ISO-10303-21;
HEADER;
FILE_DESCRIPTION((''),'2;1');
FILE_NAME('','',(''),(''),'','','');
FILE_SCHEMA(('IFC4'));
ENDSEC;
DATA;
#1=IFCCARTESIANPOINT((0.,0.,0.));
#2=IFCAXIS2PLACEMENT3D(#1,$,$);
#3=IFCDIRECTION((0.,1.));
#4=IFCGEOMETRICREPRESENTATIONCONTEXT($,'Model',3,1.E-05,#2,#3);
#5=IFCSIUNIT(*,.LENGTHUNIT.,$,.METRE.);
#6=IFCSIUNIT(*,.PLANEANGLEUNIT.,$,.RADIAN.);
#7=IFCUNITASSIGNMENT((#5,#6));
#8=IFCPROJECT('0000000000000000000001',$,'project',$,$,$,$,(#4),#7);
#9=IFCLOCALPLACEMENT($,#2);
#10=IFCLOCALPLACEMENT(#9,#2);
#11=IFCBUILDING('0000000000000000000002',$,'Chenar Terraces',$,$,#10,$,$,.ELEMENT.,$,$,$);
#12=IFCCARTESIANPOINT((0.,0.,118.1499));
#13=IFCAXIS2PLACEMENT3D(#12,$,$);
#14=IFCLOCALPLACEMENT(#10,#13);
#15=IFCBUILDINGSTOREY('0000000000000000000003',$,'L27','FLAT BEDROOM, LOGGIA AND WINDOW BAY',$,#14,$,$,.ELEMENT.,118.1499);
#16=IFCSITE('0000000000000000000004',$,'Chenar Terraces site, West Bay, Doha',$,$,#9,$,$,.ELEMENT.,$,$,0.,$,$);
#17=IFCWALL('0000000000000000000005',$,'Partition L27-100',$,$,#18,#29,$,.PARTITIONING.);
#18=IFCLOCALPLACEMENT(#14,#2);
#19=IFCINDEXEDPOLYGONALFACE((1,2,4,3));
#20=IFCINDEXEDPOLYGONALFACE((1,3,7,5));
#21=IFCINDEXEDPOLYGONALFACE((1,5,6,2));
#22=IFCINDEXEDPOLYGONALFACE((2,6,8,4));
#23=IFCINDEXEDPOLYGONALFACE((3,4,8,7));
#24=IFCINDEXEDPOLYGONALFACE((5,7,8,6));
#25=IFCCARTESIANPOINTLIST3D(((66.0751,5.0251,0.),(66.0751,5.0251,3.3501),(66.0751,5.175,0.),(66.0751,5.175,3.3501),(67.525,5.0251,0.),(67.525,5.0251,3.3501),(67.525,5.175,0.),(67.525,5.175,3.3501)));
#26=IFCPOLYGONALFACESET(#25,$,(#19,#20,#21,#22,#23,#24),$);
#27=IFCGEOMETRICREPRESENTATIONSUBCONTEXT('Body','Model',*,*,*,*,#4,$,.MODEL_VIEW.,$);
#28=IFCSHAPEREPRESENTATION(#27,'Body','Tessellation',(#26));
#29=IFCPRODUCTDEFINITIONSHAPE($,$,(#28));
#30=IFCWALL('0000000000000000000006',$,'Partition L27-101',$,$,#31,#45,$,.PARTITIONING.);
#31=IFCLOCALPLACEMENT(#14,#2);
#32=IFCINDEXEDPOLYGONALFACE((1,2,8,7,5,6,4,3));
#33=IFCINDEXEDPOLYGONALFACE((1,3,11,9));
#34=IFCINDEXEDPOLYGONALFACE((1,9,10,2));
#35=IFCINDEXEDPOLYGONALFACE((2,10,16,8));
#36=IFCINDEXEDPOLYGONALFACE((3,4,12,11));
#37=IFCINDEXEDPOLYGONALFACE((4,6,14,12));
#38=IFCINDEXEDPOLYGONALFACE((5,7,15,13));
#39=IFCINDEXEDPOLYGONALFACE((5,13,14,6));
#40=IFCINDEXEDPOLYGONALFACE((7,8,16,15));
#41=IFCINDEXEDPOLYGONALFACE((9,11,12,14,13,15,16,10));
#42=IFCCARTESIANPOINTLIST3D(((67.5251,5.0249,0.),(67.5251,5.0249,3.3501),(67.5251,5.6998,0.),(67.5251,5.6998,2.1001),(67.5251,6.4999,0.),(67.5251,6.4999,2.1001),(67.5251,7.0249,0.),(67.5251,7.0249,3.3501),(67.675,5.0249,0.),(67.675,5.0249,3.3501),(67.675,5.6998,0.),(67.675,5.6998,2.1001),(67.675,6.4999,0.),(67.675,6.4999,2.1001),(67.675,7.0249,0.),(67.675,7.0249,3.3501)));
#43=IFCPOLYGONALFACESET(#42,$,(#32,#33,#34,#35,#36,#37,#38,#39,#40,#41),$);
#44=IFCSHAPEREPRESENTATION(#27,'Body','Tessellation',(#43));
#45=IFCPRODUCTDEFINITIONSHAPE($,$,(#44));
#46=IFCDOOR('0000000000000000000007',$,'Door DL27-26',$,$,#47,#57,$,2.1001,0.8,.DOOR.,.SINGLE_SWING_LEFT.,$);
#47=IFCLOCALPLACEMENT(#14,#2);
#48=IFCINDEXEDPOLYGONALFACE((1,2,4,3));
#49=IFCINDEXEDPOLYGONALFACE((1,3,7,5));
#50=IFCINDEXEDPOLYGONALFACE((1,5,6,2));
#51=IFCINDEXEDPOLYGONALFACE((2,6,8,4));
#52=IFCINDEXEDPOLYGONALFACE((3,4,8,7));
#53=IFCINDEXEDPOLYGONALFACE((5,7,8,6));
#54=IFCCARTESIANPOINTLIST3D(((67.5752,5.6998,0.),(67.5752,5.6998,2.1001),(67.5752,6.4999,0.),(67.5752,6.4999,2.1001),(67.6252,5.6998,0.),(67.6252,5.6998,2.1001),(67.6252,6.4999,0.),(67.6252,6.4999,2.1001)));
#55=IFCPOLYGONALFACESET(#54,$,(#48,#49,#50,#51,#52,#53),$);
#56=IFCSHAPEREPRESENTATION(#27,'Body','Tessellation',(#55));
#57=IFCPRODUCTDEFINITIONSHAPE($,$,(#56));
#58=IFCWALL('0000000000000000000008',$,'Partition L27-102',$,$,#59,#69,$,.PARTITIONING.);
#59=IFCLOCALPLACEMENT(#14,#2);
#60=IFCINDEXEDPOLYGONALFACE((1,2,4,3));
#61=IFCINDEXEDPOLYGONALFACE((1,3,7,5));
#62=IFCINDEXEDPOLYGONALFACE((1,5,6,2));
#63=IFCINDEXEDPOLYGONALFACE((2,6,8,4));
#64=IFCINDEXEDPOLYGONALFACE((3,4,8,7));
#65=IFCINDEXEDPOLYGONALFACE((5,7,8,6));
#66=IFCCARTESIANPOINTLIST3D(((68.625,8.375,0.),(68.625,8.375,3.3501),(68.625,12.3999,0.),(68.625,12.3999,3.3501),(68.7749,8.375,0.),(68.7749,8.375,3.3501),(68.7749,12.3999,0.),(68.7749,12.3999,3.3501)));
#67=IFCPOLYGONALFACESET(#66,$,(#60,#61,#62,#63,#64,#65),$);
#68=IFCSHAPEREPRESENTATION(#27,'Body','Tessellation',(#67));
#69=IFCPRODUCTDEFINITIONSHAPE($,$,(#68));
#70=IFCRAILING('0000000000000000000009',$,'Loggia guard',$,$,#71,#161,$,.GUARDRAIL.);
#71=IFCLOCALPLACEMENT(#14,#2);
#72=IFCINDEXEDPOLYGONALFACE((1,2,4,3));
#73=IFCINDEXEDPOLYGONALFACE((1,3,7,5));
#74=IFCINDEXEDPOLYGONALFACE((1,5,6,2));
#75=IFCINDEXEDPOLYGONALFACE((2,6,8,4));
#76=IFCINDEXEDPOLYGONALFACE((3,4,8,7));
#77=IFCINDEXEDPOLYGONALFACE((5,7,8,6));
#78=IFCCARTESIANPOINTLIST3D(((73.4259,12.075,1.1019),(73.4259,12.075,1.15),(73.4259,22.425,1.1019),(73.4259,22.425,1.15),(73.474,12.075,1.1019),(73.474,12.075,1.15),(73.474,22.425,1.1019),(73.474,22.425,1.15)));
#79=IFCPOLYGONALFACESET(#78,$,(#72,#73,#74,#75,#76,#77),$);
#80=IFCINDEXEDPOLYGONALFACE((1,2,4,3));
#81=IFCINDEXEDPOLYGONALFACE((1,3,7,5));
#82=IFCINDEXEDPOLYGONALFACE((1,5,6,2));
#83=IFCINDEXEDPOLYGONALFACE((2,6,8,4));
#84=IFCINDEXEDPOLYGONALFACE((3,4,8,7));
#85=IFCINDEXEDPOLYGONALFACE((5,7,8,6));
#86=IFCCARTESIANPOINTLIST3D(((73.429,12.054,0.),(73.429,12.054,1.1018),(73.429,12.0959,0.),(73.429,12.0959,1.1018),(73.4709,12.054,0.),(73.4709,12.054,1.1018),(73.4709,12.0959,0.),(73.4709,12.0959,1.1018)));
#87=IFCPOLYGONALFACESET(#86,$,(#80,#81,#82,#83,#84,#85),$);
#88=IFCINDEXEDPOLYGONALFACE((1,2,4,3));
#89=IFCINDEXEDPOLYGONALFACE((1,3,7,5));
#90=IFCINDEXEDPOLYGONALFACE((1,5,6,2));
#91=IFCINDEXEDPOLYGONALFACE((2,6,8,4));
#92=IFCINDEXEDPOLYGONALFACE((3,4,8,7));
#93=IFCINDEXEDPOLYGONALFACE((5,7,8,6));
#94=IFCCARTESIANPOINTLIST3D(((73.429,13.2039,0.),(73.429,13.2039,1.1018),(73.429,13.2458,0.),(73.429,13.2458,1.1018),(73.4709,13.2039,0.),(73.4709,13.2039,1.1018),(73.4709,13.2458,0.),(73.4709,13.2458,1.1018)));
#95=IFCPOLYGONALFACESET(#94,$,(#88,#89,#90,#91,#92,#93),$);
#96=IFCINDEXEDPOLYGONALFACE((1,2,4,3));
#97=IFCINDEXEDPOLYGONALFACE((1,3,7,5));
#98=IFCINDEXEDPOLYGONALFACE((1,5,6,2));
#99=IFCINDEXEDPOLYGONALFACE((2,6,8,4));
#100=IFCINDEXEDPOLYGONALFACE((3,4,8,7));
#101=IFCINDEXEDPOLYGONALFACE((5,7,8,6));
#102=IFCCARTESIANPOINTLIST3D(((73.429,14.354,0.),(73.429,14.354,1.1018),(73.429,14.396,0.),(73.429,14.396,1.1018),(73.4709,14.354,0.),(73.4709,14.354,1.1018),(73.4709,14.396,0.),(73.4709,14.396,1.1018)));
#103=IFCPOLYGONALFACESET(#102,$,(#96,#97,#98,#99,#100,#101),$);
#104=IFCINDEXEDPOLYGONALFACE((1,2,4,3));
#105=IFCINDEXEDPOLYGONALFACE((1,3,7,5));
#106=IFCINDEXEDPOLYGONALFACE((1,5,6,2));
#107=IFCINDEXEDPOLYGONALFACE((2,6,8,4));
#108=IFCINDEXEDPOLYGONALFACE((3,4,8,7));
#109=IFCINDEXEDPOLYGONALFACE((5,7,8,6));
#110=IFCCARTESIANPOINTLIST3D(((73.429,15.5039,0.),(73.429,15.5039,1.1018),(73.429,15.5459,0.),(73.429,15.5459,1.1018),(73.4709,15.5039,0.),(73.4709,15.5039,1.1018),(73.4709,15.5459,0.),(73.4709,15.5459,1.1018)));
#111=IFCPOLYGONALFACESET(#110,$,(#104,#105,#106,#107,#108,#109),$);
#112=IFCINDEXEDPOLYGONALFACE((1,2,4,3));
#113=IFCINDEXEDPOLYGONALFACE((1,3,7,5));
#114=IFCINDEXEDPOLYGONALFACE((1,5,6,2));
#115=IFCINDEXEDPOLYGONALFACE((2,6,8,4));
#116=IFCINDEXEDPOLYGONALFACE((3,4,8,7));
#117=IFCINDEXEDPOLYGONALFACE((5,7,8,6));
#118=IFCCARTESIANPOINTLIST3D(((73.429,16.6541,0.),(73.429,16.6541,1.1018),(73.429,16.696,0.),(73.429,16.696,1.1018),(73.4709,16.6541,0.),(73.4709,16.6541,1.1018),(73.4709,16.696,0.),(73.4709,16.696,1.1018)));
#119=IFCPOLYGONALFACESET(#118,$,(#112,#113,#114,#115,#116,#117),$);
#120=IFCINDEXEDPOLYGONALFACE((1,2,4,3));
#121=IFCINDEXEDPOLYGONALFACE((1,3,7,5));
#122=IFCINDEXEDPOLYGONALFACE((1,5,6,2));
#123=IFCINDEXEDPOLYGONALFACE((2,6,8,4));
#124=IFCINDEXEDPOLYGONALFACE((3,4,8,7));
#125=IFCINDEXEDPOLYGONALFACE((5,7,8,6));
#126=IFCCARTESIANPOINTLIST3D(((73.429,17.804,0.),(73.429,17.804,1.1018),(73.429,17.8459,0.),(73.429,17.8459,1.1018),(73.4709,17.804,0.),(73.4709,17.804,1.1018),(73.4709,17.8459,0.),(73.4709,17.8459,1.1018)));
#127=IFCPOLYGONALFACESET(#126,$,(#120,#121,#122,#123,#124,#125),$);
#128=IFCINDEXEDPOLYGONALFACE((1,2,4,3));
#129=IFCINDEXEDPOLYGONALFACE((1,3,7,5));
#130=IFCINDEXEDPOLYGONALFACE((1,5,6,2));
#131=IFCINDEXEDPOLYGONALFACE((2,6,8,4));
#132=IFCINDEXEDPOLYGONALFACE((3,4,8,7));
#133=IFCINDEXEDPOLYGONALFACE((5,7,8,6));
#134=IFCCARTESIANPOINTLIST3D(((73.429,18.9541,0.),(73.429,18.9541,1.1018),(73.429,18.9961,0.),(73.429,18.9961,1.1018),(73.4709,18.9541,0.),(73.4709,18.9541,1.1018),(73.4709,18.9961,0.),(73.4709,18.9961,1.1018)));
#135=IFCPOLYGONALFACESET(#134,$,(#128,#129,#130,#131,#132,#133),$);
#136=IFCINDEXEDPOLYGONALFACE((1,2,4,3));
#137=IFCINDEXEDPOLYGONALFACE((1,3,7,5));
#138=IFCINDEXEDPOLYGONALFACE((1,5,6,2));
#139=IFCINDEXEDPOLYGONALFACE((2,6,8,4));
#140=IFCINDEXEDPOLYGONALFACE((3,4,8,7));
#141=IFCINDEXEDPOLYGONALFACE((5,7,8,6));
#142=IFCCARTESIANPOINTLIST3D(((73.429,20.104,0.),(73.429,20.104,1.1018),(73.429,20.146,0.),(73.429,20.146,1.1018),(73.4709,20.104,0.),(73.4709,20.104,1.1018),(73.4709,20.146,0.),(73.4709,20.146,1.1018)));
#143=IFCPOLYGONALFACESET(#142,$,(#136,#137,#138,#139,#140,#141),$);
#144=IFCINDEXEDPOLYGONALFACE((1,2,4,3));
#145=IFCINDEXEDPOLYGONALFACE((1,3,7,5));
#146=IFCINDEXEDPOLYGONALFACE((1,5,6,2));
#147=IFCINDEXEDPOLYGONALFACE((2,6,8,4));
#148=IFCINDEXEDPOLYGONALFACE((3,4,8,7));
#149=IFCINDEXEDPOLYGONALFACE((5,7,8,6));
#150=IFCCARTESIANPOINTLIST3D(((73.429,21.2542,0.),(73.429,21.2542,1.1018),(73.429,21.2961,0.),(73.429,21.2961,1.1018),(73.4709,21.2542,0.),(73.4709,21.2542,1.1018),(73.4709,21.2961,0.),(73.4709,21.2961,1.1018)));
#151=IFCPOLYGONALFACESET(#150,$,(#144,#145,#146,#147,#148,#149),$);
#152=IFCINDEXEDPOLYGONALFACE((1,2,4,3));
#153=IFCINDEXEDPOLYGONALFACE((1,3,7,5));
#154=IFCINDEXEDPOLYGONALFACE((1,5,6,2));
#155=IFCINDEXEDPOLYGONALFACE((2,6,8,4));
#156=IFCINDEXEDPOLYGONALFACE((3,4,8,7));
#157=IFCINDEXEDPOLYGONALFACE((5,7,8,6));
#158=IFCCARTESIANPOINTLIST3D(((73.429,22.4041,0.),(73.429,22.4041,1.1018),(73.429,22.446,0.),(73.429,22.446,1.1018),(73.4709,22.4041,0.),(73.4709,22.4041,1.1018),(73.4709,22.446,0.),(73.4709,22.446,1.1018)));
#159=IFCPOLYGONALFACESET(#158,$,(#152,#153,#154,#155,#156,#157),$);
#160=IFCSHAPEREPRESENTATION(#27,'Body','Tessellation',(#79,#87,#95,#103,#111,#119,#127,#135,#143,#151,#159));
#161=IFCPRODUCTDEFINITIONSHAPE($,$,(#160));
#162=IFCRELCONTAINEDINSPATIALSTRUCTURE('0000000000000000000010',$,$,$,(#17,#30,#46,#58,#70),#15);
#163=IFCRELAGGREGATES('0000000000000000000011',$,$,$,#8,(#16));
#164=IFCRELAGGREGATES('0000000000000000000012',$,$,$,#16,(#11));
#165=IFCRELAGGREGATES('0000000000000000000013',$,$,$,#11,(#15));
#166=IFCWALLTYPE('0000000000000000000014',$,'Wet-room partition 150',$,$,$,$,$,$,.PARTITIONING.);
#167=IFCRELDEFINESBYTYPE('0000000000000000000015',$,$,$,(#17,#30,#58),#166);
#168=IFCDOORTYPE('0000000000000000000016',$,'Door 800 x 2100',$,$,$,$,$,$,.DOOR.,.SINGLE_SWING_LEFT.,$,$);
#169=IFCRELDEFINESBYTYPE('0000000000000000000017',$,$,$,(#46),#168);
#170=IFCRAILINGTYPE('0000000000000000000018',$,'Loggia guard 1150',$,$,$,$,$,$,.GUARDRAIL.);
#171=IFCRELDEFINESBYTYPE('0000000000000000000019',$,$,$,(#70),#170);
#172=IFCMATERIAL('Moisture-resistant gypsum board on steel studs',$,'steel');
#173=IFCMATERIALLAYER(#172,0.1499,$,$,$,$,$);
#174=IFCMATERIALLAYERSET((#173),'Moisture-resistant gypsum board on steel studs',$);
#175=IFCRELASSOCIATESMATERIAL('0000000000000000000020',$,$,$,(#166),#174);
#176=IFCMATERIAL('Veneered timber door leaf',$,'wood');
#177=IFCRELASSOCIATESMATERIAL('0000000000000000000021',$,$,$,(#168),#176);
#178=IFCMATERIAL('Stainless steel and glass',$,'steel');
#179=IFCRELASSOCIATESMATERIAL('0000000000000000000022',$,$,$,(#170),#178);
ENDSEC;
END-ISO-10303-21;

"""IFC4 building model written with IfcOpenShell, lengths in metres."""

from ifc_helpers import new_model, si_unit, direction, frame, frame_2d, origin, origin_2d, place, context, subcontext, project, spatial, rectangle, extrude, material, layer, layer_set, type_object, element, fill, save


model = new_model("IFC4")

# Units and contexts
model_context = context("Model", 3, precision=1e-05, world=origin(), true_north=direction((0.0, 1.0)))
body_context = subcontext(model_context, "Body", "Model", "MODEL_VIEW")
ifc_project = project(units=[si_unit("LENGTHUNIT", "METRE"), si_unit("PLANEANGLEUNIT", "RADIAN")], contexts=[model_context])

# Site, building, storey
site_placement = place(None, origin())
site = spatial("IfcSite", under=ifc_project, at=site_placement, Name="Chenar Terraces site, West Bay, Doha", CompositionType="ELEMENT", RefElevation=0.0)
building_placement = place(site_placement, origin())
building = spatial("IfcBuilding", under=site, at=building_placement, Name="Chenar Terraces", CompositionType="ELEMENT")
storey_placement = place(building_placement, frame((0.0, 0.0, 118.1499)))
storey = spatial("IfcBuildingStorey", under=building, at=storey_placement, Name="L27", Description="FLAT BEDROOM, LOGGIA AND WINDOW BAY", CompositionType="ELEMENT", Elevation=118.1499)

# Shared definitions
ifc_material_1 = material(Name="Moisture-resistant gypsum board on steel studs", Category="steel")
ifc_layer_1 = layer(ifc_material_1, 0.1499)
ifc_layer_set_1 = layer_set([ifc_layer_1], Name="Moisture-resistant gypsum board on steel studs")
wall_type_1 = type_object("IfcWallType", Name="Wet-room partition 150", PredefinedType="PARTITIONING", material=ifc_layer_set_1)
ifc_material_2 = material(Name="Veneered timber door leaf", Category="wood")
door_type_1 = type_object("IfcDoorType", Name="Door 800 x 2100", OperationType="SINGLE_SWING_LEFT", PredefinedType="DOOR", material=ifc_material_2)

# Wall
wall_1_placement = place(storey_placement, frame((66.075, 5.1001, 0.0), z_axis=(0.0, 0.0, 1.0), x_axis=(1.0, 0.0, 0.0)))
element("IfcWall", 1, at=wall_1_placement, inside=storey, type_object=wall_type_1, Name="Partition L27-100", PredefinedType="PARTITIONING", context=body_context, shape_type="SweptSolid", body=[
    extrude(rectangle(XDim=1.45, YDim=0.1499, at=frame_2d((0.7251, 0.0))), origin(), (0.0, 0.0, 1.0), 3.3501),
])

# Wall, opening, door
wall_2_placement = place(storey_placement, frame((67.6001, 5.0249, 0.0), z_axis=(0.0, 0.0, 1.0), x_axis=(0.0, 1.0, 0.0)))
wall_2 = element("IfcWall", 2, at=wall_2_placement, inside=storey, type_object=wall_type_1, Name="Partition L27-101", PredefinedType="PARTITIONING", context=body_context, shape_type="SweptSolid", body=[
    extrude(rectangle(XDim=2.0, YDim=0.1499, at=frame_2d((1.0, 0.0))), origin(), (0.0, 0.0, 1.0), 3.3501),
])
opening_1_placement = place(wall_2_placement, frame((0.675, 0.0, 0.0)))
opening_1 = element("IfcOpeningElement", 3, at=opening_1_placement, cuts=wall_2, PredefinedType="OPENING", context=body_context, shape_type="SweptSolid", body=[
    extrude(rectangle(XDim=0.8, YDim=2.1001, at=frame_2d((0.3999, 1.05))), frame((0.0, 0.085, 0.0), z_axis=(0.0, -1.0, 0.0), x_axis=(1.0, 0.0, 0.0)), (0.0, 0.0, 1.0), 0.1699),
])
door_1_placement = place(opening_1_placement, origin())
door_1 = element("IfcDoor", 4, at=door_1_placement, inside=storey, type_object=door_type_1, Name="Door DL27-26", OperationType="SINGLE_SWING_LEFT", OverallHeight=2.1001, OverallWidth=0.8, PredefinedType="DOOR", context=body_context, shape_type="SweptSolid", body=[
    extrude(rectangle(XDim=0.8, YDim=2.1001, at=frame_2d((0.3999, 1.05))), frame((0.0, 0.0249, 0.0), z_axis=(0.0, -1.0, 0.0), x_axis=(1.0, 0.0, 0.0)), (0.0, 0.0, 1.0), 0.05),
])
fill(opening_1, door_1)

# Wall
wall_3_placement = place(storey_placement, frame((68.7, 8.375, 0.0), z_axis=(0.0, 0.0, 1.0), x_axis=(0.0, 1.0, 0.0)))
element("IfcWall", 5, at=wall_3_placement, inside=storey, type_object=wall_type_1, Name="Partition L27-102", PredefinedType="PARTITIONING", context=body_context, shape_type="SweptSolid", body=[
    extrude(rectangle(XDim=4.0249, YDim=0.1499, at=frame_2d((2.0125, 0.0))), origin(), (0.0, 0.0, 1.0), 3.3501),
])

# Railing
ifc_material_3 = material(Name="Stainless steel and glass", Category="steel")
railing_type = type_object("IfcRailingType", Name="Loggia guard 1150", PredefinedType="GUARDRAIL", material=ifc_material_3)
railing_placement = place(storey_placement, frame((73.45, 12.075, 0.0)))
element("IfcRailing", 6, at=railing_placement, inside=storey, type_object=railing_type, Name="Loggia guard", PredefinedType="GUARDRAIL", context=body_context, shape_type="SweptSolid", body=[
    extrude(rectangle(XDim=0.0481, YDim=0.0481, at=origin_2d()), frame((0.0, 0.0, 1.126), z_axis=(0.0, 1.0, 0.0), x_axis=(-1.0, 0.0, 0.0)), (0.0, 0.0, 1.0), 10.3501),
    extrude(rectangle(XDim=0.042, YDim=0.042, at=origin_2d()), origin(), (0.0, 0.0, 1.0), 1.1018),
    extrude(rectangle(XDim=0.042, YDim=0.042, at=origin_2d()), frame((0.0, 1.1499, 0.0)), (0.0, 0.0, 1.0), 1.1018),
    extrude(rectangle(XDim=0.042, YDim=0.042, at=origin_2d()), frame((0.0, 2.3, 0.0)), (0.0, 0.0, 1.0), 1.1018),
    extrude(rectangle(XDim=0.042, YDim=0.042, at=origin_2d()), frame((0.0, 3.45, 0.0)), (0.0, 0.0, 1.0), 1.1018),
    extrude(rectangle(XDim=0.042, YDim=0.042, at=origin_2d()), frame((0.0, 4.6001, 0.0)), (0.0, 0.0, 1.0), 1.1018),
    extrude(rectangle(XDim=0.042, YDim=0.042, at=origin_2d()), frame((0.0, 5.75, 0.0)), (0.0, 0.0, 1.0), 1.1018),
    extrude(rectangle(XDim=0.042, YDim=0.042, at=origin_2d()), frame((0.0, 6.9001, 0.0)), (0.0, 0.0, 1.0), 1.1018),
    extrude(rectangle(XDim=0.042, YDim=0.042, at=origin_2d()), frame((0.0, 8.05, 0.0)), (0.0, 0.0, 1.0), 1.1018),
    extrude(rectangle(XDim=0.042, YDim=0.042, at=origin_2d()), frame((0.0, 9.2002, 0.0)), (0.0, 0.0, 1.0), 1.1018),
    extrude(rectangle(XDim=0.042, YDim=0.042, at=origin_2d()), frame((0.0, 10.3501, 0.0)), (0.0, 0.0, 1.0), 1.1018),
])

save(model, "model.ifc")
